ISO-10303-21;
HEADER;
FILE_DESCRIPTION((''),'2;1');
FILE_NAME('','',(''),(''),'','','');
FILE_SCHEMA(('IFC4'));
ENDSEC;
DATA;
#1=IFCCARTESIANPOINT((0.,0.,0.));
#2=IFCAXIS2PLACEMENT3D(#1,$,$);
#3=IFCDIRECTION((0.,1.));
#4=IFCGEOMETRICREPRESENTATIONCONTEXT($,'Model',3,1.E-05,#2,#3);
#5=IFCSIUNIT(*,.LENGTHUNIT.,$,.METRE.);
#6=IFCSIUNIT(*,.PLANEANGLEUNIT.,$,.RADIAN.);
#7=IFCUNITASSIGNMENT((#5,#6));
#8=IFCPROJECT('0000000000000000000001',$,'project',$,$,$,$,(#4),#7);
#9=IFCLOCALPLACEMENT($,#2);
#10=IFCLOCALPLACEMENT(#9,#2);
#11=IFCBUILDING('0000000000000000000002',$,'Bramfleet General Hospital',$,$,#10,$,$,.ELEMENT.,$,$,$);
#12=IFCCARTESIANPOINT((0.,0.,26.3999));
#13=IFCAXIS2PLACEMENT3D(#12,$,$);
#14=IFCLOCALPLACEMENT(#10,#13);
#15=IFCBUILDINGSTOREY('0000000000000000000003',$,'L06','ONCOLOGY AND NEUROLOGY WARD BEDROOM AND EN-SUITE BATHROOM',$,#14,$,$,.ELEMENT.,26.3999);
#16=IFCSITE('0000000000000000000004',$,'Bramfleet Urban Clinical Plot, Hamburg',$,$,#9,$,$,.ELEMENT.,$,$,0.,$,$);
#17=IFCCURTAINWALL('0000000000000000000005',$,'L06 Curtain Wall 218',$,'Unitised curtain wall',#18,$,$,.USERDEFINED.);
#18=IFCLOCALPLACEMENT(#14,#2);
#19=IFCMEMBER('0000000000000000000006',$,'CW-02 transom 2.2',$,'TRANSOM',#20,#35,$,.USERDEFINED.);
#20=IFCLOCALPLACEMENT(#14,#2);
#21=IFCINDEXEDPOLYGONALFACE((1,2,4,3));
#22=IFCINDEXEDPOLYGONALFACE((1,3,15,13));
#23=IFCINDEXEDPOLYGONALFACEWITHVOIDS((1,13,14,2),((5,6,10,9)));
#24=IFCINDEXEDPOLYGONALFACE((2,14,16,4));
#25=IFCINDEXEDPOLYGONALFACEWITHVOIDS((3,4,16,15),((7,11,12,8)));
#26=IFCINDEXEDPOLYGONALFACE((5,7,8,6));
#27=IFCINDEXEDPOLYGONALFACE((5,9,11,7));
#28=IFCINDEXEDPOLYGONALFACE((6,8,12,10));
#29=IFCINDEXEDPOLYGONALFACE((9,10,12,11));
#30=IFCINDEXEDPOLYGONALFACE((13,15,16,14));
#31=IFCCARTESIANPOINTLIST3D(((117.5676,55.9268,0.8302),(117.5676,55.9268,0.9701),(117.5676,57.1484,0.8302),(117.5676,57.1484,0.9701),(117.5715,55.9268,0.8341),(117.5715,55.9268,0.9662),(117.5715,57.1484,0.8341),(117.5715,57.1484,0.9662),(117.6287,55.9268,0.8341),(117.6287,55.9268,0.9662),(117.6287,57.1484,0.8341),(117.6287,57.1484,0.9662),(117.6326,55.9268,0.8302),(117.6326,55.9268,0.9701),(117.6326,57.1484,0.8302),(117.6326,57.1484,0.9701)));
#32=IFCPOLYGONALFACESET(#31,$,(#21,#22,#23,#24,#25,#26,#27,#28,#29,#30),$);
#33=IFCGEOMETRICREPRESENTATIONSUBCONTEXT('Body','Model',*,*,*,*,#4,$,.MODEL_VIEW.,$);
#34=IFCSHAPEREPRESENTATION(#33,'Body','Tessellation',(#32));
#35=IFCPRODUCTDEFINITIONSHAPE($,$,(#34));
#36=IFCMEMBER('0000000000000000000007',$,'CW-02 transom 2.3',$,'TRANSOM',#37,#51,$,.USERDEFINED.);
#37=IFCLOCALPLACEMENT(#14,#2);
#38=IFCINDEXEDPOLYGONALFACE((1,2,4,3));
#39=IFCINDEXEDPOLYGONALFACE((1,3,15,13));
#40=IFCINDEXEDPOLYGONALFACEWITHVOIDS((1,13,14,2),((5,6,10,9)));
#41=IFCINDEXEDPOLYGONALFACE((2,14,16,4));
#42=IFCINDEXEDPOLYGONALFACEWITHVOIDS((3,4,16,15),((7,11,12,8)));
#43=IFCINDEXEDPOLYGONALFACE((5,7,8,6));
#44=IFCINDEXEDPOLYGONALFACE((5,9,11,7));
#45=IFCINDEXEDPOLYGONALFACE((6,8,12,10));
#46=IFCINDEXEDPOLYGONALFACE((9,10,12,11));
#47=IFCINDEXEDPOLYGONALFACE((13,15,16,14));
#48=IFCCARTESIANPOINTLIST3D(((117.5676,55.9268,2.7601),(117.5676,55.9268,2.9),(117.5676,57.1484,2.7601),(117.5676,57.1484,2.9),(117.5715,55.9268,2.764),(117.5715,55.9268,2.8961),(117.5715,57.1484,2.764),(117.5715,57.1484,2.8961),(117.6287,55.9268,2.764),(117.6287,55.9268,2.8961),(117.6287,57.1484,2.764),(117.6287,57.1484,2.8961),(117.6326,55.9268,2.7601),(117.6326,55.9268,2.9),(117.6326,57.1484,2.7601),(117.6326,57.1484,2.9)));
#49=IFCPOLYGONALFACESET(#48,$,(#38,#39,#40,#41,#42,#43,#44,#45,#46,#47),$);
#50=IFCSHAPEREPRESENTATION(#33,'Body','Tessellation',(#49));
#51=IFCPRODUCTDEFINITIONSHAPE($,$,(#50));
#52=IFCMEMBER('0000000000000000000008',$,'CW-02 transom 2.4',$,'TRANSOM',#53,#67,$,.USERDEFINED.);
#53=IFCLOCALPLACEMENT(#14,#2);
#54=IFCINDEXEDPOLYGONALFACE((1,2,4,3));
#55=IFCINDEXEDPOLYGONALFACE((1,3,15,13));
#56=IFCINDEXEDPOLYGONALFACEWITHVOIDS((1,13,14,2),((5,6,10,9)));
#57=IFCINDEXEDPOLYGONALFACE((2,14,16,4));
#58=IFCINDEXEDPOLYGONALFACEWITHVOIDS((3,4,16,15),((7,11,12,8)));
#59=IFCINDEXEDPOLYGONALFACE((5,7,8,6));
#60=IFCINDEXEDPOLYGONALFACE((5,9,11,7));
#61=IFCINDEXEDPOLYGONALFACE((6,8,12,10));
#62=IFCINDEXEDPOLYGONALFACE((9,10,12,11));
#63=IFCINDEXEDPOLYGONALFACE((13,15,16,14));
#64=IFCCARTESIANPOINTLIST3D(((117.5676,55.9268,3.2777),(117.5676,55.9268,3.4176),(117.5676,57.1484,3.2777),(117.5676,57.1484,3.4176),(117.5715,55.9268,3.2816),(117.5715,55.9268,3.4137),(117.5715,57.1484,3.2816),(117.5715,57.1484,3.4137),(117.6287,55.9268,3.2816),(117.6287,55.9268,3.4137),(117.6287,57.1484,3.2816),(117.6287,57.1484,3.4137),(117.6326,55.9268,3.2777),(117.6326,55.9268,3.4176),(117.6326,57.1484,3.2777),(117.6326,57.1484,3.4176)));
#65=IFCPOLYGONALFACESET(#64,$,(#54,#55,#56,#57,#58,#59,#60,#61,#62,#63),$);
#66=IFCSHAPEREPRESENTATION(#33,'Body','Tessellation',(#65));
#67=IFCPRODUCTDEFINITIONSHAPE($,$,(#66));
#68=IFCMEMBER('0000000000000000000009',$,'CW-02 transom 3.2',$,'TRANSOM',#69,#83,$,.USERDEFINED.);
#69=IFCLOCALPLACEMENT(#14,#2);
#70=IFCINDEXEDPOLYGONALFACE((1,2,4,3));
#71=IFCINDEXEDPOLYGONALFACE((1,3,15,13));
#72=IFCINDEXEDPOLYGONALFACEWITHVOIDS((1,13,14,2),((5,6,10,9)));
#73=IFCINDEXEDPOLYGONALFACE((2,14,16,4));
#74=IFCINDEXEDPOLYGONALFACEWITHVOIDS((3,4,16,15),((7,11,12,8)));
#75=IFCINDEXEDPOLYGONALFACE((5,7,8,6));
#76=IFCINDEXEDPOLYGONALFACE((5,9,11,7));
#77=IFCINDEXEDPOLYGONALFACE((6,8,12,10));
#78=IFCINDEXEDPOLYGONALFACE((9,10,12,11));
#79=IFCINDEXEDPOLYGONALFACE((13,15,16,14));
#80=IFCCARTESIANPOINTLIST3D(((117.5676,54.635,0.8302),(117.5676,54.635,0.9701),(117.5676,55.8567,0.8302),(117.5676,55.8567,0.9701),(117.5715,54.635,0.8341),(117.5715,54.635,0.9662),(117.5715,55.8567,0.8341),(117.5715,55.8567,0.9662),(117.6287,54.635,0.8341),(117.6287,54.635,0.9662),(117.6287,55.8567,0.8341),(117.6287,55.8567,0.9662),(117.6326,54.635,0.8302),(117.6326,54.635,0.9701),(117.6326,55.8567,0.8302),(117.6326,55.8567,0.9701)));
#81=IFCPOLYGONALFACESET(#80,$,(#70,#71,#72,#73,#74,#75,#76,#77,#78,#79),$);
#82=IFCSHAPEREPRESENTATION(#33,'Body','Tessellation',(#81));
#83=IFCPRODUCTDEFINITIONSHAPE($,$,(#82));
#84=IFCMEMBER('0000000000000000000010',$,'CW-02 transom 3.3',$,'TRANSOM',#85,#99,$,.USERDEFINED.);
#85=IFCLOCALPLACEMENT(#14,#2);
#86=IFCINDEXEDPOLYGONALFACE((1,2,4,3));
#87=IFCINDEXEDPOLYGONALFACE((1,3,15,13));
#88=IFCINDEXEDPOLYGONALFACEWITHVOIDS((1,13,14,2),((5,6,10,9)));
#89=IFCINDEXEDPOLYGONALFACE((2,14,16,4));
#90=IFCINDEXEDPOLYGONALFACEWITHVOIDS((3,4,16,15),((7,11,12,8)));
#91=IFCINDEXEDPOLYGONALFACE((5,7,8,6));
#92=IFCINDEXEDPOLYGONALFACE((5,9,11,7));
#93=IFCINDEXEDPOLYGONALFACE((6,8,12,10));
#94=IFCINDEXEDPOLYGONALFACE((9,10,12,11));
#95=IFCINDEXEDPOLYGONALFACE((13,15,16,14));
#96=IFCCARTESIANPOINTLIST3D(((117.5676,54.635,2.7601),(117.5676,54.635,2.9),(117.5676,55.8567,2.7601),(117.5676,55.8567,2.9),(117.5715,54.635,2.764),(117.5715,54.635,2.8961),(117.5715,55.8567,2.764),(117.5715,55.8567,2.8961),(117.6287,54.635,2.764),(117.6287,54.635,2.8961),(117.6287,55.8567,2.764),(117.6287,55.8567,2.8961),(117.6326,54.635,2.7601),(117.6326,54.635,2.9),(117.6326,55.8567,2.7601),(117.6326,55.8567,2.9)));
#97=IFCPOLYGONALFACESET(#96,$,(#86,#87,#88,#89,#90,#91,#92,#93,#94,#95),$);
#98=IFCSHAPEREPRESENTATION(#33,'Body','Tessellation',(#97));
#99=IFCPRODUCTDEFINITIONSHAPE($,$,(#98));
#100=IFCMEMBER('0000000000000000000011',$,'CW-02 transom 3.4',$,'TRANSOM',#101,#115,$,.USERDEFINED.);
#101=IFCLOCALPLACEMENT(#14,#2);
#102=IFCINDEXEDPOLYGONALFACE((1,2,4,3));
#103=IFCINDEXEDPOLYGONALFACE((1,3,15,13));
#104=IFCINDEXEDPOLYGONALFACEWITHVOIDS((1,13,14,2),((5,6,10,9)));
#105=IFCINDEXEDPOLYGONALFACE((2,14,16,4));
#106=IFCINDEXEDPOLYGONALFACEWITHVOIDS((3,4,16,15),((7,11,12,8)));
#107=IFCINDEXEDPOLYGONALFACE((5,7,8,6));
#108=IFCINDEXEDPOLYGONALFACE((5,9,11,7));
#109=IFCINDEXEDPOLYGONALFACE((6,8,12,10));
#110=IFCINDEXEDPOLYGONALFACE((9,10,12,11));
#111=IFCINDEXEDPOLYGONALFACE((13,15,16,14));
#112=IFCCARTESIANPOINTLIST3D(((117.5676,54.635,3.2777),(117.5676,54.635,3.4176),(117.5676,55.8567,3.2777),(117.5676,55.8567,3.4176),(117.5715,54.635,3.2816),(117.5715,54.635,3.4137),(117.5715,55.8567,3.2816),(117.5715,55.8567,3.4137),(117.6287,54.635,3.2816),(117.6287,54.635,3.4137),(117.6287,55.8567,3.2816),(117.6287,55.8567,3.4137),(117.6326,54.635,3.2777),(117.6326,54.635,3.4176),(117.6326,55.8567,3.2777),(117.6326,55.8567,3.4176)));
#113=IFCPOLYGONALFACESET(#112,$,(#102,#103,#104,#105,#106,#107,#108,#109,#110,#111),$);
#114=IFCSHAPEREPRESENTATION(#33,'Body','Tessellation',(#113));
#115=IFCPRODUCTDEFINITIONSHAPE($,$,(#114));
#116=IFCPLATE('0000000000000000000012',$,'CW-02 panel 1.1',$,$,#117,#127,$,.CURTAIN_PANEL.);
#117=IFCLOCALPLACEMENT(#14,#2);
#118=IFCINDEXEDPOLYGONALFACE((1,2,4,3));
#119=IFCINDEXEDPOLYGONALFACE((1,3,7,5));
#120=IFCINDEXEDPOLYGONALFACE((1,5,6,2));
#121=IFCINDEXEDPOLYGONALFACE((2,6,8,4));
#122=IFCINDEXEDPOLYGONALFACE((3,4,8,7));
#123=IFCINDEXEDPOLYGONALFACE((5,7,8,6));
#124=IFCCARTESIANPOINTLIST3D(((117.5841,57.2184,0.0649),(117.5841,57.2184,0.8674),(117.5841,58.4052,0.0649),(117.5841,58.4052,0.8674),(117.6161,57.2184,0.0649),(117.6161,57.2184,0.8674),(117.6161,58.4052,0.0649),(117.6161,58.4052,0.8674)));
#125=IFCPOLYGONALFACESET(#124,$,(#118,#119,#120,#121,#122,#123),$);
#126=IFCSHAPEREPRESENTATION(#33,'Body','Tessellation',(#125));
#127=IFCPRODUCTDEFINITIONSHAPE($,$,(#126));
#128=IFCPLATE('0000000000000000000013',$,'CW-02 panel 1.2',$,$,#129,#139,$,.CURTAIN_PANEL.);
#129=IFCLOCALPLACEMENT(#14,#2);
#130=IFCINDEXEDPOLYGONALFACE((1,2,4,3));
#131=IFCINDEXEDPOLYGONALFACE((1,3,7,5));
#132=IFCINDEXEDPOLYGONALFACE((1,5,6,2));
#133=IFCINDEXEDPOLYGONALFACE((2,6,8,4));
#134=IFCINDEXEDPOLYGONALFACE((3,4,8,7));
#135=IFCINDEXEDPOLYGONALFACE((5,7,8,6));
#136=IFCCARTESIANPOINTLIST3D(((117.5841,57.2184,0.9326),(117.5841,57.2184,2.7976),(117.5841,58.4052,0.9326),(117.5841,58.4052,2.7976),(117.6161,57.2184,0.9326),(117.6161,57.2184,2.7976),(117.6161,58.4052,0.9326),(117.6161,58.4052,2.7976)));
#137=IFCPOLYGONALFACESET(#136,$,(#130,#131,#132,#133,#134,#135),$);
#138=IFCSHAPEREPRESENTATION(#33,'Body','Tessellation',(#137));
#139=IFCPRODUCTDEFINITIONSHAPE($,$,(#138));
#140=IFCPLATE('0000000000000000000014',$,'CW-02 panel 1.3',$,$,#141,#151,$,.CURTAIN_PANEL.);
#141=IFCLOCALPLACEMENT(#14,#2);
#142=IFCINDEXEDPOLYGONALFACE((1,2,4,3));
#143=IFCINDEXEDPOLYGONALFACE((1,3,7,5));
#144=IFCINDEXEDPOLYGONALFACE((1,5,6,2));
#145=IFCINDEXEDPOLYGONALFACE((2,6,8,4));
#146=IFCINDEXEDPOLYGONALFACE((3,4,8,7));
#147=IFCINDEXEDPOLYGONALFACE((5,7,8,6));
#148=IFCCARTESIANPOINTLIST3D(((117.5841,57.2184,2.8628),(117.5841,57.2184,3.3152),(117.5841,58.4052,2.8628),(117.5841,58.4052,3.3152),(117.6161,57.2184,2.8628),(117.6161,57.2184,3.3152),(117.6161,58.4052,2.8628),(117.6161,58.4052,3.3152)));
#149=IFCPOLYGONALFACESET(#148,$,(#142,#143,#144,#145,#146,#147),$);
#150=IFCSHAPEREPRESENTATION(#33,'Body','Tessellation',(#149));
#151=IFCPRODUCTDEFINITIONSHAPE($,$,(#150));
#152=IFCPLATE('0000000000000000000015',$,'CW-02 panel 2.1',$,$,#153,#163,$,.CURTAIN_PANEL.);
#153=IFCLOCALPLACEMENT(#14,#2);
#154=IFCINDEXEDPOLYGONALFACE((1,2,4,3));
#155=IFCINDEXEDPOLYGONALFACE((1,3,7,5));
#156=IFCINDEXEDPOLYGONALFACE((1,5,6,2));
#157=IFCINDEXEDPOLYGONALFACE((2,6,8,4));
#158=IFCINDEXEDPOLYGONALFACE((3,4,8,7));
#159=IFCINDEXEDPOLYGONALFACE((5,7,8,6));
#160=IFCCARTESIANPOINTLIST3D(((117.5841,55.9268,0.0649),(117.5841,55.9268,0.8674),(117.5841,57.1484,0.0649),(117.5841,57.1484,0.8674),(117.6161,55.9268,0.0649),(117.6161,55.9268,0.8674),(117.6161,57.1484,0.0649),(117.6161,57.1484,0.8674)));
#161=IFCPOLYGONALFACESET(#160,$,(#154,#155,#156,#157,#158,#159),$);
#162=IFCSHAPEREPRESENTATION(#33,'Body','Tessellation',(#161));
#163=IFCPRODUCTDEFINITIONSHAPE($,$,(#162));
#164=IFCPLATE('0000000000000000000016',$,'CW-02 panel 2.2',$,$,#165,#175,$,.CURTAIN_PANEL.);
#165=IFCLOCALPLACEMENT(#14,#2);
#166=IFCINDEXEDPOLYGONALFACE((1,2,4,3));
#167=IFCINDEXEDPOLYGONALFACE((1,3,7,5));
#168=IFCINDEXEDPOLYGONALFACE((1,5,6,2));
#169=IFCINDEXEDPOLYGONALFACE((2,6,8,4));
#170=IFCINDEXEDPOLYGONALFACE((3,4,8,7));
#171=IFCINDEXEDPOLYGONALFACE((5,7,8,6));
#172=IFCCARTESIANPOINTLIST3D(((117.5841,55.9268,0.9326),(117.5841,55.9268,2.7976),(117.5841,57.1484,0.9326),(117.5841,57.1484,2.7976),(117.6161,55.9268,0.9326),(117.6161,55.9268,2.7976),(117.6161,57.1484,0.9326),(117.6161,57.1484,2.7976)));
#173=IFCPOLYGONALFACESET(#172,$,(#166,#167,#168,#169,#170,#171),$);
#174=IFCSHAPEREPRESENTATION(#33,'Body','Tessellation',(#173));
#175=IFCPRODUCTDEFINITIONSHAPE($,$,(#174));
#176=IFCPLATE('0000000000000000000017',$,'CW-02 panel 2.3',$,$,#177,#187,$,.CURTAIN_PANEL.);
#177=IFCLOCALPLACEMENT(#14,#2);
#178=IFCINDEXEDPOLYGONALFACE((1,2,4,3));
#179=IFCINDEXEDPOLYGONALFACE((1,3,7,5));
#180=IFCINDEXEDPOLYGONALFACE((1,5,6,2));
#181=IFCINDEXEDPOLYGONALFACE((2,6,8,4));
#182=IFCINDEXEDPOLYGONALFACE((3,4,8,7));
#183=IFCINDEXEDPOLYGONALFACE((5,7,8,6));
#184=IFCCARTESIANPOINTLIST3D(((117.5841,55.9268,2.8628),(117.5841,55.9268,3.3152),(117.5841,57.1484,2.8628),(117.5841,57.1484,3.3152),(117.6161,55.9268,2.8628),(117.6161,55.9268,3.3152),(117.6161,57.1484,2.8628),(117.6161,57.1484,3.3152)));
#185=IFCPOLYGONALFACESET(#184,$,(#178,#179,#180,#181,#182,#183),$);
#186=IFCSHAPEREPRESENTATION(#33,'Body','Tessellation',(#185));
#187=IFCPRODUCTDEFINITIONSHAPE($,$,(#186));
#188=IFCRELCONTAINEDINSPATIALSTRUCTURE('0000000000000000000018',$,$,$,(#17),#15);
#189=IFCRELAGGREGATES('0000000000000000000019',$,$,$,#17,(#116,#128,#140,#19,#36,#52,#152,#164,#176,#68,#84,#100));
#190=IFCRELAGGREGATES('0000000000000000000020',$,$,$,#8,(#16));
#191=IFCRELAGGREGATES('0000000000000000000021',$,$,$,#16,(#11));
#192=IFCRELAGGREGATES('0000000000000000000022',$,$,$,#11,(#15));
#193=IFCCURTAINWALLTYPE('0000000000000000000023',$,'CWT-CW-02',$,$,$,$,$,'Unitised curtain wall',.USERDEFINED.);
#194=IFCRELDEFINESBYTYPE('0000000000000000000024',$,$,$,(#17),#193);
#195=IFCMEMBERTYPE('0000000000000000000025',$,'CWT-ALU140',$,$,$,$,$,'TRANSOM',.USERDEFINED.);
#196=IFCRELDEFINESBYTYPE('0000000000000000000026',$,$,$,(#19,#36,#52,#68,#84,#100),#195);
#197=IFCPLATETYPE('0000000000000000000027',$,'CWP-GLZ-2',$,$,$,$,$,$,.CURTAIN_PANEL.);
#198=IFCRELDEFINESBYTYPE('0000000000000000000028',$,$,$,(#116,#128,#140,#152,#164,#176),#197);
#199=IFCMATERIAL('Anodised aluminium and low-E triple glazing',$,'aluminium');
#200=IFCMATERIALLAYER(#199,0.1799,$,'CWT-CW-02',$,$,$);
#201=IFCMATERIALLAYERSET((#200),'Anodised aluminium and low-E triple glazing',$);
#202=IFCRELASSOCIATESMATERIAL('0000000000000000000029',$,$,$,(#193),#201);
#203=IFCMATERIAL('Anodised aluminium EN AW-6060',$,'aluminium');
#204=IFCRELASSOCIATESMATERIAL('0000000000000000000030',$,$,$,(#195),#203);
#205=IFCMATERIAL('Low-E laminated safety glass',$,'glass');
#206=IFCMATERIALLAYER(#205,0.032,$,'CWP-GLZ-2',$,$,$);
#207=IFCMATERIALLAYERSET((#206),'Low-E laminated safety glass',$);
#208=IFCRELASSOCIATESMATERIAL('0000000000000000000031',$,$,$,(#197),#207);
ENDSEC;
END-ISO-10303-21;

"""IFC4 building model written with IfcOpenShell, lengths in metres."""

from ifc_helpers import new_model, si_unit, direction, frame, origin, origin_2d, place, context, subcontext, project, spatial, rectangle, hollow_rectangle, extrude, material, layer, layer_set, material_profile, profile_set, type_object, element, aggregate, save


model = new_model("IFC4")

# Units and contexts
model_context = context("Model", 3, precision=1e-05, world=origin(), true_north=direction((0.0, 1.0)))
body_context = subcontext(model_context, "Body", "Model", "MODEL_VIEW")
ifc_project = project(units=[si_unit("LENGTHUNIT", "METRE"), si_unit("PLANEANGLEUNIT", "RADIAN")], contexts=[model_context])

# Site, building, storey
site_placement = place(None, origin())
site = spatial("IfcSite", under=ifc_project, at=site_placement, Name="Bramfleet Urban Clinical Plot, Hamburg", CompositionType="ELEMENT", RefElevation=0.0)
building_placement = place(site_placement, origin())
building = spatial("IfcBuilding", under=site, at=building_placement, Name="Bramfleet General Hospital", CompositionType="ELEMENT")
storey_placement = place(building_placement, frame((0.0, 0.0, 26.3999)))
storey = spatial("IfcBuildingStorey", under=building, at=storey_placement, Name="L06", Description="ONCOLOGY AND NEUROLOGY WARD BEDROOM AND EN-SUITE BATHROOM", CompositionType="ELEMENT", Elevation=26.3999)

# Curtain wall, members, plates
ifc_material_1 = material(Name="Anodised aluminium and low-E triple glazing", Category="aluminium")
ifc_layer_1 = layer(ifc_material_1, 0.1799, Name="CWT-CW-02")
ifc_layer_set_1 = layer_set([ifc_layer_1], Name="Anodised aluminium and low-E triple glazing")
curtain_wall_type = type_object("IfcCurtainWallType", Name="CWT-CW-02", ElementType="Unitised curtain wall", PredefinedType="USERDEFINED", material=ifc_layer_set_1)
curtain_wall_placement = place(storey_placement, origin())
curtain_wall = element("IfcCurtainWall", 1, at=curtain_wall_placement, inside=storey, type_object=curtain_wall_type, Name="L06 Curtain Wall 218", ObjectType="Unitised curtain wall", PredefinedType="USERDEFINED")
ifc_material_2 = material(Name="Anodised aluminium EN AW-6060", Category="aluminium")
ifc_material_profile_1 = material_profile(ifc_material_2, hollow_rectangle(XDim=0.0649, YDim=0.1399, WallThickness=0.0039, at=origin_2d()), Name="ALU 140x65x4.0")
ifc_profile_set_1 = profile_set([ifc_material_profile_1], Name="Anodised aluminium EN AW-6060")
member_type_1 = type_object("IfcMemberType", Name="CWT-ALU140", ElementType="TRANSOM", PredefinedType="USERDEFINED", material=ifc_profile_set_1)
member_1_placement = place(storey_placement, frame((117.6001, 57.1484, 0.9001), z_axis=(0.0, -1.0, 0.0), x_axis=(1.0, 0.0, 0.0)))
member_1 = element("IfcMember", 2, at=member_1_placement, type_object=member_type_1, Name="CW-02 transom 2.2", ObjectType="TRANSOM", PredefinedType="USERDEFINED", context=body_context, shape_type="SweptSolid", body=[
    extrude(hollow_rectangle(XDim=0.0649, YDim=0.1399, WallThickness=0.0039, at=origin_2d()), origin(), (0.0, 0.0, 1.0), 1.2217),
])
member_2_placement = place(storey_placement, frame((117.6001, 57.1484, 2.8301), z_axis=(0.0, -1.0, 0.0), x_axis=(1.0, 0.0, 0.0)))
member_2 = element("IfcMember", 3, at=member_2_placement, type_object=member_type_1, Name="CW-02 transom 2.3", ObjectType="TRANSOM", PredefinedType="USERDEFINED", context=body_context, shape_type="SweptSolid", body=[
    extrude(hollow_rectangle(XDim=0.0649, YDim=0.1399, WallThickness=0.0039, at=origin_2d()), origin(), (0.0, 0.0, 1.0), 1.2217),
])
member_3_placement = place(storey_placement, frame((117.6001, 57.1484, 3.3477), z_axis=(0.0, -1.0, 0.0), x_axis=(1.0, 0.0, 0.0)))
member_3 = element("IfcMember", 4, at=member_3_placement, type_object=member_type_1, Name="CW-02 transom 2.4", ObjectType="TRANSOM", PredefinedType="USERDEFINED", context=body_context, shape_type="SweptSolid", body=[
    extrude(hollow_rectangle(XDim=0.0649, YDim=0.1399, WallThickness=0.0039, at=origin_2d()), origin(), (0.0, 0.0, 1.0), 1.2217),
])
member_4_placement = place(storey_placement, frame((117.6001, 55.8567, 0.9001), z_axis=(0.0, -1.0, 0.0), x_axis=(1.0, 0.0, 0.0)))
member_4 = element("IfcMember", 5, at=member_4_placement, type_object=member_type_1, Name="CW-02 transom 3.2", ObjectType="TRANSOM", PredefinedType="USERDEFINED", context=body_context, shape_type="SweptSolid", body=[
    extrude(hollow_rectangle(XDim=0.0649, YDim=0.1399, WallThickness=0.0039, at=origin_2d()), origin(), (0.0, 0.0, 1.0), 1.2217),
])
member_5_placement = place(storey_placement, frame((117.6001, 55.8567, 2.8301), z_axis=(0.0, -1.0, 0.0), x_axis=(1.0, 0.0, 0.0)))
member_5 = element("IfcMember", 6, at=member_5_placement, type_object=member_type_1, Name="CW-02 transom 3.3", ObjectType="TRANSOM", PredefinedType="USERDEFINED", context=body_context, shape_type="SweptSolid", body=[
    extrude(hollow_rectangle(XDim=0.0649, YDim=0.1399, WallThickness=0.0039, at=origin_2d()), origin(), (0.0, 0.0, 1.0), 1.2217),
])
member_6_placement = place(storey_placement, frame((117.6001, 55.8567, 3.3477), z_axis=(0.0, -1.0, 0.0), x_axis=(1.0, 0.0, 0.0)))
member_6 = element("IfcMember", 7, at=member_6_placement, type_object=member_type_1, Name="CW-02 transom 3.4", ObjectType="TRANSOM", PredefinedType="USERDEFINED", context=body_context, shape_type="SweptSolid", body=[
    extrude(hollow_rectangle(XDim=0.0649, YDim=0.1399, WallThickness=0.0039, at=origin_2d()), origin(), (0.0, 0.0, 1.0), 1.2217),
])
ifc_material_3 = material(Name="Low-E laminated safety glass", Category="glass")
ifc_layer_2 = layer(ifc_material_3, 0.032, Name="CWP-GLZ-2")
ifc_layer_set_2 = layer_set([ifc_layer_2], Name="Low-E laminated safety glass")
plate_type = type_object("IfcPlateType", Name="CWP-GLZ-2", PredefinedType="CURTAIN_PANEL", material=ifc_layer_set_2)
plate_1_placement = place(storey_placement, frame((117.6001, 57.8118, 0.0649), z_axis=(0.0, 0.0, 1.0), x_axis=(0.0, -1.0, 0.0)))
plate_1 = element("IfcPlate", 8, at=plate_1_placement, type_object=plate_type, Name="CW-02 panel 1.1", PredefinedType="CURTAIN_PANEL", context=body_context, shape_type="SweptSolid", body=[
    extrude(rectangle(XDim=1.1868, YDim=0.032, at=origin_2d()), origin(), (0.0, 0.0, 1.0), 0.8025),
])
plate_2_placement = place(storey_placement, frame((117.6001, 57.8118, 0.9326), z_axis=(0.0, 0.0, 1.0), x_axis=(0.0, -1.0, 0.0)))
plate_2 = element("IfcPlate", 9, at=plate_2_placement, type_object=plate_type, Name="CW-02 panel 1.2", PredefinedType="CURTAIN_PANEL", context=body_context, shape_type="SweptSolid", body=[
    extrude(rectangle(XDim=1.1868, YDim=0.032, at=origin_2d()), origin(), (0.0, 0.0, 1.0), 1.865),
])
plate_3_placement = place(storey_placement, frame((117.6001, 57.8118, 2.8628), z_axis=(0.0, 0.0, 1.0), x_axis=(0.0, -1.0, 0.0)))
plate_3 = element("IfcPlate", 10, at=plate_3_placement, type_object=plate_type, Name="CW-02 panel 1.3", PredefinedType="CURTAIN_PANEL", context=body_context, shape_type="SweptSolid", body=[
    extrude(rectangle(XDim=1.1868, YDim=0.032, at=origin_2d()), origin(), (0.0, 0.0, 1.0), 0.4524),
])
plate_4_placement = place(storey_placement, frame((117.6001, 56.5376, 0.0649), z_axis=(0.0, 0.0, 1.0), x_axis=(0.0, -1.0, 0.0)))
plate_4 = element("IfcPlate", 11, at=plate_4_placement, type_object=plate_type, Name="CW-02 panel 2.1", PredefinedType="CURTAIN_PANEL", context=body_context, shape_type="SweptSolid", body=[
    extrude(rectangle(XDim=1.2217, YDim=0.032, at=origin_2d()), origin(), (0.0, 0.0, 1.0), 0.8025),
])
plate_5_placement = place(storey_placement, frame((117.6001, 56.5376, 0.9326), z_axis=(0.0, 0.0, 1.0), x_axis=(0.0, -1.0, 0.0)))
plate_5 = element("IfcPlate", 12, at=plate_5_placement, type_object=plate_type, Name="CW-02 panel 2.2", PredefinedType="CURTAIN_PANEL", context=body_context, shape_type="SweptSolid", body=[
    extrude(rectangle(XDim=1.2217, YDim=0.032, at=origin_2d()), origin(), (0.0, 0.0, 1.0), 1.865),
])
plate_6_placement = place(storey_placement, frame((117.6001, 56.5376, 2.8628), z_axis=(0.0, 0.0, 1.0), x_axis=(0.0, -1.0, 0.0)))
plate_6 = element("IfcPlate", 13, at=plate_6_placement, type_object=plate_type, Name="CW-02 panel 2.3", PredefinedType="CURTAIN_PANEL", context=body_context, shape_type="SweptSolid", body=[
    extrude(rectangle(XDim=1.2217, YDim=0.032, at=origin_2d()), origin(), (0.0, 0.0, 1.0), 0.4524),
])
aggregate(curtain_wall, [plate_1, plate_2, plate_3, member_1, member_2, member_3, plate_4, plate_5, plate_6, member_4, member_5, member_6])

save(model, "model.ifc")
